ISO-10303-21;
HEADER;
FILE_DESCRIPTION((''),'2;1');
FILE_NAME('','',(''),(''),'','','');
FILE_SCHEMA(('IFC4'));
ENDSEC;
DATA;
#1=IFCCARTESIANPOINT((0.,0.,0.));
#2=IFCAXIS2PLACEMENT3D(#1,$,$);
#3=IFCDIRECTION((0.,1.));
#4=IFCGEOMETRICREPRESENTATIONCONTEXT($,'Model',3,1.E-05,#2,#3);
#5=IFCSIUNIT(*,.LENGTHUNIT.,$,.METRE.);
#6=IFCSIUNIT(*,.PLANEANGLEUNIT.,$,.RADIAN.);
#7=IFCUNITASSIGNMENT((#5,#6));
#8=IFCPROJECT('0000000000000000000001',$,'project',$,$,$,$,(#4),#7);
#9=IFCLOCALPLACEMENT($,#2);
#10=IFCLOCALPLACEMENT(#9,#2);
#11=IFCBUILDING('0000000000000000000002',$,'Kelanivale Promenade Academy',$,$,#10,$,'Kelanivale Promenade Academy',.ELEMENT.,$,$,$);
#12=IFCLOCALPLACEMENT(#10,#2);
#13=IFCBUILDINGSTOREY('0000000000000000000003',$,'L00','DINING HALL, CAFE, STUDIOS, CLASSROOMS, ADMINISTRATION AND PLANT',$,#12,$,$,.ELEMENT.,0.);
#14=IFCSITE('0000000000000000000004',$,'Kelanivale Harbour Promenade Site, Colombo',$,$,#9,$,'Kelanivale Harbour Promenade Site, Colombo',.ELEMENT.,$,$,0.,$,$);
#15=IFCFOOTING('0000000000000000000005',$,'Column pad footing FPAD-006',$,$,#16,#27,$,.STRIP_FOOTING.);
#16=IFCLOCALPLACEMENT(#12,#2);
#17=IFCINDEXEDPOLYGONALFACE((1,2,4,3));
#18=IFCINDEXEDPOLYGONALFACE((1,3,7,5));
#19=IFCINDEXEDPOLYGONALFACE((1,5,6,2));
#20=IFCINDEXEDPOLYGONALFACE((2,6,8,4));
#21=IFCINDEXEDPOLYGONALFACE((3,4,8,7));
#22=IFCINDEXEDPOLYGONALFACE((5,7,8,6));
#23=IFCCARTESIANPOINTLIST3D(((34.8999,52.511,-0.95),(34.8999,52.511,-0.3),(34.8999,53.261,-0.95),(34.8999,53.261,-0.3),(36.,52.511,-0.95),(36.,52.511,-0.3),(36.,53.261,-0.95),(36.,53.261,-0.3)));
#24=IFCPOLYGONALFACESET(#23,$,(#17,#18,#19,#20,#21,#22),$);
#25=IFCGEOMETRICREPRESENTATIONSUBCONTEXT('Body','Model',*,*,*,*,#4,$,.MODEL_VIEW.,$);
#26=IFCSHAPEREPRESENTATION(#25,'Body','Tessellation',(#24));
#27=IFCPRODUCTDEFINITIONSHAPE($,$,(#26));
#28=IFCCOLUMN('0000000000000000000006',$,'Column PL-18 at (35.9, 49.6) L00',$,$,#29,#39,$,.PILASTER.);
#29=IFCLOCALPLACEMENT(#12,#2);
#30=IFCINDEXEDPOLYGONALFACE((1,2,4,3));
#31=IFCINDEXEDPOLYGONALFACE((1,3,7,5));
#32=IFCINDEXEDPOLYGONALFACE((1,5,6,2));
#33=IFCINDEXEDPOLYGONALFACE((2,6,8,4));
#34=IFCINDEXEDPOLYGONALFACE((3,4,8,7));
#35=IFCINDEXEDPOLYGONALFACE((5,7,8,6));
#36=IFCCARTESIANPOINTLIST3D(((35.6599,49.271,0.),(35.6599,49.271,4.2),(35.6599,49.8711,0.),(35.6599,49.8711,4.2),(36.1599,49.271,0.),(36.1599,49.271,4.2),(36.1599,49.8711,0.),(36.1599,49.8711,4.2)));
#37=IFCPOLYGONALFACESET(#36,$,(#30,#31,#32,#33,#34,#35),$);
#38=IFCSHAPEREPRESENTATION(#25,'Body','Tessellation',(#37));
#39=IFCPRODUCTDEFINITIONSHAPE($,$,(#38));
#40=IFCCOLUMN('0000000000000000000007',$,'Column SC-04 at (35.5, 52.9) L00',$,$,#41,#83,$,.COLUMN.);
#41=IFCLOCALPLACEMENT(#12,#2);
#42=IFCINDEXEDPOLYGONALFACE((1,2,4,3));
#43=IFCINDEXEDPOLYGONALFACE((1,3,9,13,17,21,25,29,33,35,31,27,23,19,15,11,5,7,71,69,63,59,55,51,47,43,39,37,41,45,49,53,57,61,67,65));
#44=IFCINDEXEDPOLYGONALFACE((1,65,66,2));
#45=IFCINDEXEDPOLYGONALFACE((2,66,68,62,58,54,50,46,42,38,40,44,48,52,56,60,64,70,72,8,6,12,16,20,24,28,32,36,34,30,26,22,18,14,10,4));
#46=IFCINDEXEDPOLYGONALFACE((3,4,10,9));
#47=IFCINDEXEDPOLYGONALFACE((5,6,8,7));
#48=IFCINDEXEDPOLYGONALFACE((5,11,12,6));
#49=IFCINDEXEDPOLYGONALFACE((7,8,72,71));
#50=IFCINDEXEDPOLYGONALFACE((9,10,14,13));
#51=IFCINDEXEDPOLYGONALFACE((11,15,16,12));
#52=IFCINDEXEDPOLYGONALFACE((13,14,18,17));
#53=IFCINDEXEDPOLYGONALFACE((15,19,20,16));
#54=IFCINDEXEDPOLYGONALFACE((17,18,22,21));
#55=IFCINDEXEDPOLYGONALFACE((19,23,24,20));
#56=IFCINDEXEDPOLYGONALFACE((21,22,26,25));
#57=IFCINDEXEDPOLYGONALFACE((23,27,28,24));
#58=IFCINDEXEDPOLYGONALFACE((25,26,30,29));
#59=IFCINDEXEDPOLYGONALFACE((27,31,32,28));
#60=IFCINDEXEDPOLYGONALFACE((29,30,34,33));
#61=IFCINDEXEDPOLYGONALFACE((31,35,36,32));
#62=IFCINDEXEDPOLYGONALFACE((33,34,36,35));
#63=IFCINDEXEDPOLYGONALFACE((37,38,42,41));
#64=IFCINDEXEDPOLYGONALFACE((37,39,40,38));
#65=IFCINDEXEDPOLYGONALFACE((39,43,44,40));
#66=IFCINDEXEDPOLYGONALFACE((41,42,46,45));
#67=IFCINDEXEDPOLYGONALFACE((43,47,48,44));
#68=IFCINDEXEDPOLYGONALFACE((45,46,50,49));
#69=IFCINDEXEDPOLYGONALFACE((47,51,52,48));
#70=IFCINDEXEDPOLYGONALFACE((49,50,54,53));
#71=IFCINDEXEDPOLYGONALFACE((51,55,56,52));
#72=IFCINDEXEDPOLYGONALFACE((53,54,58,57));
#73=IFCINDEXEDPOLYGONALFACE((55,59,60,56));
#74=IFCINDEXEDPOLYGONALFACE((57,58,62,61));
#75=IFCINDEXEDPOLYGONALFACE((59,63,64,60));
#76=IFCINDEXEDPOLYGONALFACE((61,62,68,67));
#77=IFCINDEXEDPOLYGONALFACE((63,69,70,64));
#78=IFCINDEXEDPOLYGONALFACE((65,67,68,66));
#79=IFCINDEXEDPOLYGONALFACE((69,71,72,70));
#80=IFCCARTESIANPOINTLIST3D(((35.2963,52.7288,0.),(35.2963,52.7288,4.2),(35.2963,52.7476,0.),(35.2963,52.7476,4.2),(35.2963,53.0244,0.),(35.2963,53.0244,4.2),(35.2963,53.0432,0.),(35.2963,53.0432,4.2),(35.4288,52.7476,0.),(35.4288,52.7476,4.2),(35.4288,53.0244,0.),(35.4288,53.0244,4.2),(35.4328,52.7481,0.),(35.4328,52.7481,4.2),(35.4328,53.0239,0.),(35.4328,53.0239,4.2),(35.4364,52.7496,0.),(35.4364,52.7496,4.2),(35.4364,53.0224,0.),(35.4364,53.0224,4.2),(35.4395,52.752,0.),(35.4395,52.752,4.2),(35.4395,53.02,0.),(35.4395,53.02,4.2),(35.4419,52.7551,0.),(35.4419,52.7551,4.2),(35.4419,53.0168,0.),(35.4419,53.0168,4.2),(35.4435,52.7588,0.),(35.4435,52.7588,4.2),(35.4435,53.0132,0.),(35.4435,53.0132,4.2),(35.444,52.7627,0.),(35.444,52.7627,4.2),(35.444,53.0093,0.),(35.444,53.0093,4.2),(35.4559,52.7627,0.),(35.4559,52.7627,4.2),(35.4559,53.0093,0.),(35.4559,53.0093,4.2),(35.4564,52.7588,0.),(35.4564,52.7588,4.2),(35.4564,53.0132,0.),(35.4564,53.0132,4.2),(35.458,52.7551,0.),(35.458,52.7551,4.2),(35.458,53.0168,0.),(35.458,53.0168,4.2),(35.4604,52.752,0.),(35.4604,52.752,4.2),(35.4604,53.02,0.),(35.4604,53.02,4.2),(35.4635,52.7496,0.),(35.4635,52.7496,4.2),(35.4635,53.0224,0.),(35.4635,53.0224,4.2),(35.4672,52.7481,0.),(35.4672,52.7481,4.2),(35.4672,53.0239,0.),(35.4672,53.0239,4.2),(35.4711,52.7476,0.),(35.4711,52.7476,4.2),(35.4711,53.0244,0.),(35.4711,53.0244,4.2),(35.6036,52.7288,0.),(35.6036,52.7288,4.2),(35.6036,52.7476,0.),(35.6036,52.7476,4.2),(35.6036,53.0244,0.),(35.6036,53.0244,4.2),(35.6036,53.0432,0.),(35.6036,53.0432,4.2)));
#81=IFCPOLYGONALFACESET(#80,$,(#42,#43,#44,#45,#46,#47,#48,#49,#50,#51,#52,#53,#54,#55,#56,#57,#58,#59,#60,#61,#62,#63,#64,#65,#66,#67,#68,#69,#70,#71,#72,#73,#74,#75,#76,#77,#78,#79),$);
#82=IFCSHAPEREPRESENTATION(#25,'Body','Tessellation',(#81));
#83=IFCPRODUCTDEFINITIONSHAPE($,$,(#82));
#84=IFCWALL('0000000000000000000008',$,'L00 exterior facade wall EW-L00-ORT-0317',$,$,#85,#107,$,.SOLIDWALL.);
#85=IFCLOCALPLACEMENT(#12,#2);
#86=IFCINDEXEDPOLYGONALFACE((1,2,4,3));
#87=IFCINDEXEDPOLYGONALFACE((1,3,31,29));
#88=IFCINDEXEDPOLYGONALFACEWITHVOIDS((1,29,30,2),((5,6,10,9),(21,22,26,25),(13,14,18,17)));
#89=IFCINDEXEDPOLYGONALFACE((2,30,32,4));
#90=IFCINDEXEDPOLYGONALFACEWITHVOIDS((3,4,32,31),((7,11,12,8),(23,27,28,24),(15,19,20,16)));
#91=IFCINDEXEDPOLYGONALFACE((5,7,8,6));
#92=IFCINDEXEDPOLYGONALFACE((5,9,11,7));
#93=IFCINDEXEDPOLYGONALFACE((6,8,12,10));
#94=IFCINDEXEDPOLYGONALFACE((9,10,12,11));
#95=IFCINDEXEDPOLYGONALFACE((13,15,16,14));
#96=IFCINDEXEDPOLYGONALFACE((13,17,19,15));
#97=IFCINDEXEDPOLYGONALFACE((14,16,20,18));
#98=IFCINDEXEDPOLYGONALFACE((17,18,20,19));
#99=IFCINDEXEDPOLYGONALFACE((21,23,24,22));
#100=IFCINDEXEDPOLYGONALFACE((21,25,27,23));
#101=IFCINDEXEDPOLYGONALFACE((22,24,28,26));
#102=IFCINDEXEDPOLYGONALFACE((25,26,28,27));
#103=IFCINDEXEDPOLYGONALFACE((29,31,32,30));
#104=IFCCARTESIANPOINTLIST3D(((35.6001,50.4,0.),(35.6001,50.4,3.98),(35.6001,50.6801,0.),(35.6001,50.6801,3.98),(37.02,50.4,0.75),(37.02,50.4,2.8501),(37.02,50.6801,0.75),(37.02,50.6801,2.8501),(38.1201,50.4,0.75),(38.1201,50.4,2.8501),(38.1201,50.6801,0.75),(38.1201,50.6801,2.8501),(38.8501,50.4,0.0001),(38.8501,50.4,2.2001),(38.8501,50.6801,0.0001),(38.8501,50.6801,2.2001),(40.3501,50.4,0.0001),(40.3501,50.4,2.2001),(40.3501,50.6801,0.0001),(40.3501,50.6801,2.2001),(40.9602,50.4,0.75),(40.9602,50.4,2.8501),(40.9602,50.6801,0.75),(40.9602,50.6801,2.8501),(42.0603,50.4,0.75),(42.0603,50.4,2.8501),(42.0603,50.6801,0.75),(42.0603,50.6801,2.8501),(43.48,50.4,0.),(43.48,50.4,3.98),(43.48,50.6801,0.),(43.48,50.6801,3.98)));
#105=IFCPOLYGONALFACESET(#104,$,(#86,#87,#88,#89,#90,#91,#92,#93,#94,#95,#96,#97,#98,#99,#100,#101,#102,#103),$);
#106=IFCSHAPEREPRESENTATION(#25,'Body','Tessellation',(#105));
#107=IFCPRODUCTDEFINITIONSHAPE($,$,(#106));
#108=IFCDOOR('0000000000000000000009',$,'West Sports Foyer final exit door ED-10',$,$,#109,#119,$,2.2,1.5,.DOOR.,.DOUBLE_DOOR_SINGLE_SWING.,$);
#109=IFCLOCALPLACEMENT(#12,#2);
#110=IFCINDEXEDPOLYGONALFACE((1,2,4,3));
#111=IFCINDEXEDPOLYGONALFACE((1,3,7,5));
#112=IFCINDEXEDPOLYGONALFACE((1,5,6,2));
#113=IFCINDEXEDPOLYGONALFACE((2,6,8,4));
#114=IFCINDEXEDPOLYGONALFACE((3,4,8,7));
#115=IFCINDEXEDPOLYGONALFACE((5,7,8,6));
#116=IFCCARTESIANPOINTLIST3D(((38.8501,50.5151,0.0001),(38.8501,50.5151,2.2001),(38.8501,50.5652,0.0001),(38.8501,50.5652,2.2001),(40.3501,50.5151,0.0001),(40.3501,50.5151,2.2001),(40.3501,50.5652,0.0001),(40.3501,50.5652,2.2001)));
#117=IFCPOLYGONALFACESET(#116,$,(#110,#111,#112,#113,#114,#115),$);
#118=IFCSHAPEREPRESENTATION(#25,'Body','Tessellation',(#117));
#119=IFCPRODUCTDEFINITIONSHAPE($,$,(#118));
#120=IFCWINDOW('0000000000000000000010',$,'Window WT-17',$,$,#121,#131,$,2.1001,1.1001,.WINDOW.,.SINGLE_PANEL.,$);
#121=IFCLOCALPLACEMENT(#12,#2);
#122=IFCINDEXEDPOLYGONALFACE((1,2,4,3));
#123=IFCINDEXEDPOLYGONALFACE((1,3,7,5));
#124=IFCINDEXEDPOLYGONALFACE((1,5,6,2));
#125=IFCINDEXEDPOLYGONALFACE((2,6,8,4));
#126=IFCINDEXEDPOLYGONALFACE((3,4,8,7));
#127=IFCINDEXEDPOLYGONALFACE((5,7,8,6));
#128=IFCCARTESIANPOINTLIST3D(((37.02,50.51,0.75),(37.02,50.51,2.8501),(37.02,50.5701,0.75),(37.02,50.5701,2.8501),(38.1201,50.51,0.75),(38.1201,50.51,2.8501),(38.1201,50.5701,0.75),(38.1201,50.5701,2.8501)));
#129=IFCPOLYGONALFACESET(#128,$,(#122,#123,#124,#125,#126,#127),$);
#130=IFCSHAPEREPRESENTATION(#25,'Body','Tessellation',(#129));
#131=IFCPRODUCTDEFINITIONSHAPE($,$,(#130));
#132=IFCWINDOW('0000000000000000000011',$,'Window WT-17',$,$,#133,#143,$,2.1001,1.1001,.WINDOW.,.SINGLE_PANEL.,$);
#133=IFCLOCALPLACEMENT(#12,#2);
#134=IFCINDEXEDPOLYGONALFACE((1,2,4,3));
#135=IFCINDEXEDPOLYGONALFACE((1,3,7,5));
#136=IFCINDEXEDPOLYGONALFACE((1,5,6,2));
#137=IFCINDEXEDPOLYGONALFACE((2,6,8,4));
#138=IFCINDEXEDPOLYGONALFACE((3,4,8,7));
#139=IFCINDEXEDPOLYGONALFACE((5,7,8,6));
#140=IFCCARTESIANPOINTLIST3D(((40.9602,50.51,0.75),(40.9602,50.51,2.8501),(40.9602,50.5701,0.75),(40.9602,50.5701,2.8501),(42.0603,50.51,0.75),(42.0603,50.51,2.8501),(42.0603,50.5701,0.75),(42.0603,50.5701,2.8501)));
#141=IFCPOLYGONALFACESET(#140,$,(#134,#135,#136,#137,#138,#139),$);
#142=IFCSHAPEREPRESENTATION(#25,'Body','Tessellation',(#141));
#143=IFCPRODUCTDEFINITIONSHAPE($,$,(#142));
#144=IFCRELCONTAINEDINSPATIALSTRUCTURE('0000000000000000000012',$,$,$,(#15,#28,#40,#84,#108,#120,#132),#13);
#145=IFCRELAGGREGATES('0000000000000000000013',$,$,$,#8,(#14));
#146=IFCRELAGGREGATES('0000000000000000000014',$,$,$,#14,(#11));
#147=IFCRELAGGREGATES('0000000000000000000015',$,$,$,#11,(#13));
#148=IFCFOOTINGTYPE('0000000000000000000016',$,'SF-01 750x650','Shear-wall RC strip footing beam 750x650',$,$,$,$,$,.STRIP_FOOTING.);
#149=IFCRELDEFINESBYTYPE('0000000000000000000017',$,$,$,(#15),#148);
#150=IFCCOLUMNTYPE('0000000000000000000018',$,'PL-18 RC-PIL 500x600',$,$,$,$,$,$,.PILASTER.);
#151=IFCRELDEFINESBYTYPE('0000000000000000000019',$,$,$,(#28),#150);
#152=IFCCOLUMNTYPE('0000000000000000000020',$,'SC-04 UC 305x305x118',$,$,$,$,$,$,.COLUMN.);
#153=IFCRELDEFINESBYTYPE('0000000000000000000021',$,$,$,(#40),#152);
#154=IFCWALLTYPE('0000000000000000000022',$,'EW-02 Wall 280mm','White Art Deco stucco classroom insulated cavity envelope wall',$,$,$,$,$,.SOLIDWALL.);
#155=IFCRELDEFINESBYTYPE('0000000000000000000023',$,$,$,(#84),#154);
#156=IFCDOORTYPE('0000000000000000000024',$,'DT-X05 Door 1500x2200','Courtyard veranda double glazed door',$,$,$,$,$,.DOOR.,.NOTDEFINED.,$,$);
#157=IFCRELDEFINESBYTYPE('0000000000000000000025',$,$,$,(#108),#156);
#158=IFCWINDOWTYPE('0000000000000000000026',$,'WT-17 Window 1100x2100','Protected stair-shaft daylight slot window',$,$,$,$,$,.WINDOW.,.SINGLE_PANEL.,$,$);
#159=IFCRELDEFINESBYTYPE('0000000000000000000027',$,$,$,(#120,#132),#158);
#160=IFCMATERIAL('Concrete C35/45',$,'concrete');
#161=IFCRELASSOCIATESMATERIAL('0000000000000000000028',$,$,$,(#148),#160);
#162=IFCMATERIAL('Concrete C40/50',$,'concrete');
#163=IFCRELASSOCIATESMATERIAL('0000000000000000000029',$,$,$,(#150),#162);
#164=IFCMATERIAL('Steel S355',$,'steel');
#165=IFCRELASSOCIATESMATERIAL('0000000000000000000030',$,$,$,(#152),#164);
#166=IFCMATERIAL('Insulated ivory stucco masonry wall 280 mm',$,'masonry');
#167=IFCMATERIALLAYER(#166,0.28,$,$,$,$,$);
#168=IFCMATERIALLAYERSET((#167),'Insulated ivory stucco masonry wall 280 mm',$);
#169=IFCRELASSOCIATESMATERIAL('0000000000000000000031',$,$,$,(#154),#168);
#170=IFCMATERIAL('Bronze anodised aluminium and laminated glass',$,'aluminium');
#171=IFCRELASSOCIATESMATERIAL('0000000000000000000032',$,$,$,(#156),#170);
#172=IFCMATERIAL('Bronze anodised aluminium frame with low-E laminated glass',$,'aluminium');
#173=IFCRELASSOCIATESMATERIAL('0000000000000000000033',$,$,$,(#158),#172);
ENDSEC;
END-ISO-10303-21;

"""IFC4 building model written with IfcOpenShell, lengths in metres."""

from ifc_helpers import new_model, si_unit, direction, frame, frame_2d, origin, origin_2d, place, context, subcontext, project, spatial, rectangle, i_section, extrude, material, layer, layer_set, material_profile, profile_set, type_object, element, fill, save


model = new_model("IFC4")

# Units and contexts
model_context = context("Model", 3, precision=1e-05, world=origin(), true_north=direction((0.0, 1.0)))
body_context = subcontext(model_context, "Body", "Model", "MODEL_VIEW")
ifc_project = project(units=[si_unit("LENGTHUNIT", "METRE"), si_unit("PLANEANGLEUNIT", "RADIAN")], contexts=[model_context])

# Site, building, storey
site_placement = place(None, origin())
site = spatial("IfcSite", under=ifc_project, at=site_placement, Name="Kelanivale Harbour Promenade Site, Colombo", LongName="Kelanivale Harbour Promenade Site, Colombo", CompositionType="ELEMENT", RefElevation=0.0)
building_placement = place(site_placement, origin())
building = spatial("IfcBuilding", under=site, at=building_placement, Name="Kelanivale Promenade Academy", LongName="Kelanivale Promenade Academy", CompositionType="ELEMENT")
storey_placement = place(building_placement, origin())
storey = spatial("IfcBuildingStorey", under=building, at=storey_placement, Name="L00", Description="DINING HALL, CAFE, STUDIOS, CLASSROOMS, ADMINISTRATION AND PLANT", CompositionType="ELEMENT", Elevation=0.0)

# Shared definitions
ifc_material_1 = material(Name="Concrete C35/45", Category="concrete")

# Footing
footing_type_1 = type_object("IfcFootingType", Name="SF-01 750x650", Description="Shear-wall RC strip footing beam 750x650", PredefinedType="STRIP_FOOTING", material=ifc_material_1)
footing_1_placement = place(storey_placement, frame((35.45, 52.886, -0.95), z_axis=(0.0, 0.0, 1.0), x_axis=(1.0, 0.0, 0.0)))
element("IfcFooting", 1, at=footing_1_placement, inside=storey, type_object=footing_type_1, Name="Column pad footing FPAD-006", PredefinedType="STRIP_FOOTING", context=body_context, shape_type="SweptSolid", body=[
    extrude(rectangle(XDim=1.1001, YDim=0.75, at=origin_2d()), origin(), (0.0, 0.0, 1.0), 0.6499),
])

# Columns
ifc_material_2 = material(Name="Concrete C40/50", Category="concrete")
ifc_material_profile_1 = material_profile(ifc_material_2, rectangle(XDim=0.5, YDim=0.6001, at=origin_2d()), Name="RC-PIL 500x600")
ifc_profile_set_1 = profile_set([ifc_material_profile_1], Name="Concrete C40/50")
column_type_1 = type_object("IfcColumnType", Name="PL-18 RC-PIL 500x600", PredefinedType="PILASTER", material=ifc_profile_set_1)
column_1_placement = place(storey_placement, frame((35.9099, 49.571, 0.0), z_axis=(0.0, 0.0, 1.0), x_axis=(1.0, 0.0, 0.0)))
element("IfcColumn", 2, at=column_1_placement, inside=storey, type_object=column_type_1, Name="Column PL-18 at (35.9, 49.6) L00", PredefinedType="PILASTER", context=body_context, shape_type="SweptSolid", body=[
    extrude(rectangle(XDim=0.5, YDim=0.6001, at=origin_2d()), origin(), (0.0, 0.0, 1.0), 4.2),
])
ifc_material_3 = material(Name="Steel S355", Category="steel")
ifc_material_profile_2 = material_profile(ifc_material_3, i_section(OverallWidth=0.3074, OverallDepth=0.3145, WebThickness=0.012, FlangeThickness=0.0188, FilletRadius=0.0151, at=origin_2d()), Name="UC 305x305x118")
ifc_profile_set_2 = profile_set([ifc_material_profile_2], Name="Steel S355")
column_type_2 = type_object("IfcColumnType", Name="SC-04 UC 305x305x118", PredefinedType="COLUMN", material=ifc_profile_set_2)
column_2_placement = place(storey_placement, frame((35.45, 52.886, 0.0), z_axis=(0.0, 0.0, 1.0), x_axis=(1.0, 0.0, 0.0)))
element("IfcColumn", 3, at=column_2_placement, inside=storey, type_object=column_type_2, Name="Column SC-04 at (35.5, 52.9) L00", PredefinedType="COLUMN", context=body_context, shape_type="SweptSolid", body=[
    extrude(i_section(OverallWidth=0.3074, OverallDepth=0.3145, WebThickness=0.012, FlangeThickness=0.0188, FilletRadius=0.0151, at=origin_2d()), origin(), (0.0, 0.0, 1.0), 4.2),
])

# Wall, openings, door, windows
ifc_material_4 = material(Name="Insulated ivory stucco masonry wall 280 mm", Category="masonry")
ifc_layer_1 = layer(ifc_material_4, 0.28)
ifc_layer_set_1 = layer_set([ifc_layer_1], Name="Insulated ivory stucco masonry wall 280 mm")
wall_type_1 = type_object("IfcWallType", Name="EW-02 Wall 280mm", Description="White Art Deco stucco classroom insulated cavity envelope wall", PredefinedType="SOLIDWALL", material=ifc_layer_set_1)
wall_1_placement = place(storey_placement, frame((35.6001, 50.54, 0.0), z_axis=(0.0, 0.0, 1.0), x_axis=(1.0, 0.0, 0.0)))
wall_1 = element("IfcWall", 4, at=wall_1_placement, inside=storey, type_object=wall_type_1, Name="L00 exterior facade wall EW-L00-ORT-0317", PredefinedType="SOLIDWALL", context=body_context, shape_type="SweptSolid", body=[
    extrude(rectangle(XDim=7.8799, YDim=0.28, at=frame_2d((3.9399, 0.0))), origin(), (0.0, 0.0, 1.0), 3.98),
])
opening_1_placement = place(wall_1_placement, frame((3.25, 0.0, 0.0)))
opening_1 = element("IfcOpeningElement", 5, at=opening_1_placement, cuts=wall_1, PredefinedType="OPENING", context=body_context, shape_type="SweptSolid", body=[
    extrude(rectangle(XDim=1.5, YDim=2.2, at=frame_2d((0.75, 1.1001))), frame((0.0, 0.1499, 0.0), z_axis=(0.0, -1.0, 0.0), x_axis=(1.0, 0.0, 0.0)), (0.0, 0.0, 1.0), 0.3),
])
opening_2_placement = place(wall_1_placement, frame((1.4199, 0.0, 0.75)))
opening_2 = element("IfcOpeningElement", 6, at=opening_2_placement, cuts=wall_1, PredefinedType="OPENING", context=body_context, shape_type="SweptSolid", body=[
    extrude(rectangle(XDim=1.1001, YDim=2.1001, at=frame_2d((0.55, 1.05))), frame((0.0, 0.1499, 0.0), z_axis=(0.0, -1.0, 0.0), x_axis=(1.0, 0.0, 0.0)), (0.0, 0.0, 1.0), 0.3),
])
opening_3_placement = place(wall_1_placement, frame((5.3601, 0.0, 0.75)))
opening_3 = element("IfcOpeningElement", 7, at=opening_3_placement, cuts=wall_1, PredefinedType="OPENING", context=body_context, shape_type="SweptSolid", body=[
    extrude(rectangle(XDim=1.1001, YDim=2.1001, at=frame_2d((0.55, 1.05))), frame((0.0, 0.1499, 0.0), z_axis=(0.0, -1.0, 0.0), x_axis=(1.0, 0.0, 0.0)), (0.0, 0.0, 1.0), 0.3),
])
ifc_material_5 = material(Name="Bronze anodised aluminium and laminated glass", Category="aluminium")
door_type_1 = type_object("IfcDoorType", Name="DT-X05 Door 1500x2200", Description="Courtyard veranda double glazed door", OperationType="NOTDEFINED", PredefinedType="DOOR", material=ifc_material_5)
door_1_placement = place(opening_1_placement, frame((1.5, 0.0, 0.0), z_axis=(0.0, 0.0, 1.0), x_axis=(-1.0, 0.0, 0.0)))
door_1 = element("IfcDoor", 8, at=door_1_placement, inside=storey, type_object=door_type_1, Name="West Sports Foyer final exit door ED-10", OperationType="DOUBLE_DOOR_SINGLE_SWING", OverallHeight=2.2, OverallWidth=1.5, PredefinedType="DOOR", context=body_context, shape_type="SweptSolid", body=[
    extrude(rectangle(XDim=1.5, YDim=2.2, at=frame_2d((0.75, 1.1001))), frame((0.0, 0.0249, 0.0), z_axis=(0.0, -1.0, 0.0), x_axis=(1.0, 0.0, 0.0)), (0.0, 0.0, 1.0), 0.05),
])
fill(opening_1, door_1)
ifc_material_6 = material(Name="Bronze anodised aluminium frame with low-E laminated glass", Category="aluminium")
window_type_1 = type_object("IfcWindowType", Name="WT-17 Window 1100x2100", Description="Protected stair-shaft daylight slot window", PartitioningType="SINGLE_PANEL", PredefinedType="WINDOW", material=ifc_material_6)
window_1_placement = place(opening_2_placement, origin())
window_1 = element("IfcWindow", 9, at=window_1_placement, inside=storey, type_object=window_type_1, Name="Window WT-17", OverallHeight=2.1001, OverallWidth=1.1001, PartitioningType="SINGLE_PANEL", PredefinedType="WINDOW", context=body_context, shape_type="SweptSolid", body=[
    extrude(rectangle(XDim=1.1001, YDim=2.1001, at=frame_2d((0.55, 1.05))), frame((0.0, 0.03, 0.0), z_axis=(0.0, -1.0, 0.0), x_axis=(1.0, 0.0, 0.0)), (0.0, 0.0, 1.0), 0.0601),
])
fill(opening_2, window_1)
window_2_placement = place(opening_3_placement, origin())
window_2 = element("IfcWindow", 10, at=window_2_placement, inside=storey, type_object=window_type_1, Name="Window WT-17", OverallHeight=2.1001, OverallWidth=1.1001, PartitioningType="SINGLE_PANEL", PredefinedType="WINDOW", context=body_context, shape_type="SweptSolid", body=[
    extrude(rectangle(XDim=1.1001, YDim=2.1001, at=frame_2d((0.55, 1.05))), frame((0.0, 0.03, 0.0), z_axis=(0.0, -1.0, 0.0), x_axis=(1.0, 0.0, 0.0)), (0.0, 0.0, 1.0), 0.0601),
])
fill(opening_3, window_2)

save(model, "model.ifc")
